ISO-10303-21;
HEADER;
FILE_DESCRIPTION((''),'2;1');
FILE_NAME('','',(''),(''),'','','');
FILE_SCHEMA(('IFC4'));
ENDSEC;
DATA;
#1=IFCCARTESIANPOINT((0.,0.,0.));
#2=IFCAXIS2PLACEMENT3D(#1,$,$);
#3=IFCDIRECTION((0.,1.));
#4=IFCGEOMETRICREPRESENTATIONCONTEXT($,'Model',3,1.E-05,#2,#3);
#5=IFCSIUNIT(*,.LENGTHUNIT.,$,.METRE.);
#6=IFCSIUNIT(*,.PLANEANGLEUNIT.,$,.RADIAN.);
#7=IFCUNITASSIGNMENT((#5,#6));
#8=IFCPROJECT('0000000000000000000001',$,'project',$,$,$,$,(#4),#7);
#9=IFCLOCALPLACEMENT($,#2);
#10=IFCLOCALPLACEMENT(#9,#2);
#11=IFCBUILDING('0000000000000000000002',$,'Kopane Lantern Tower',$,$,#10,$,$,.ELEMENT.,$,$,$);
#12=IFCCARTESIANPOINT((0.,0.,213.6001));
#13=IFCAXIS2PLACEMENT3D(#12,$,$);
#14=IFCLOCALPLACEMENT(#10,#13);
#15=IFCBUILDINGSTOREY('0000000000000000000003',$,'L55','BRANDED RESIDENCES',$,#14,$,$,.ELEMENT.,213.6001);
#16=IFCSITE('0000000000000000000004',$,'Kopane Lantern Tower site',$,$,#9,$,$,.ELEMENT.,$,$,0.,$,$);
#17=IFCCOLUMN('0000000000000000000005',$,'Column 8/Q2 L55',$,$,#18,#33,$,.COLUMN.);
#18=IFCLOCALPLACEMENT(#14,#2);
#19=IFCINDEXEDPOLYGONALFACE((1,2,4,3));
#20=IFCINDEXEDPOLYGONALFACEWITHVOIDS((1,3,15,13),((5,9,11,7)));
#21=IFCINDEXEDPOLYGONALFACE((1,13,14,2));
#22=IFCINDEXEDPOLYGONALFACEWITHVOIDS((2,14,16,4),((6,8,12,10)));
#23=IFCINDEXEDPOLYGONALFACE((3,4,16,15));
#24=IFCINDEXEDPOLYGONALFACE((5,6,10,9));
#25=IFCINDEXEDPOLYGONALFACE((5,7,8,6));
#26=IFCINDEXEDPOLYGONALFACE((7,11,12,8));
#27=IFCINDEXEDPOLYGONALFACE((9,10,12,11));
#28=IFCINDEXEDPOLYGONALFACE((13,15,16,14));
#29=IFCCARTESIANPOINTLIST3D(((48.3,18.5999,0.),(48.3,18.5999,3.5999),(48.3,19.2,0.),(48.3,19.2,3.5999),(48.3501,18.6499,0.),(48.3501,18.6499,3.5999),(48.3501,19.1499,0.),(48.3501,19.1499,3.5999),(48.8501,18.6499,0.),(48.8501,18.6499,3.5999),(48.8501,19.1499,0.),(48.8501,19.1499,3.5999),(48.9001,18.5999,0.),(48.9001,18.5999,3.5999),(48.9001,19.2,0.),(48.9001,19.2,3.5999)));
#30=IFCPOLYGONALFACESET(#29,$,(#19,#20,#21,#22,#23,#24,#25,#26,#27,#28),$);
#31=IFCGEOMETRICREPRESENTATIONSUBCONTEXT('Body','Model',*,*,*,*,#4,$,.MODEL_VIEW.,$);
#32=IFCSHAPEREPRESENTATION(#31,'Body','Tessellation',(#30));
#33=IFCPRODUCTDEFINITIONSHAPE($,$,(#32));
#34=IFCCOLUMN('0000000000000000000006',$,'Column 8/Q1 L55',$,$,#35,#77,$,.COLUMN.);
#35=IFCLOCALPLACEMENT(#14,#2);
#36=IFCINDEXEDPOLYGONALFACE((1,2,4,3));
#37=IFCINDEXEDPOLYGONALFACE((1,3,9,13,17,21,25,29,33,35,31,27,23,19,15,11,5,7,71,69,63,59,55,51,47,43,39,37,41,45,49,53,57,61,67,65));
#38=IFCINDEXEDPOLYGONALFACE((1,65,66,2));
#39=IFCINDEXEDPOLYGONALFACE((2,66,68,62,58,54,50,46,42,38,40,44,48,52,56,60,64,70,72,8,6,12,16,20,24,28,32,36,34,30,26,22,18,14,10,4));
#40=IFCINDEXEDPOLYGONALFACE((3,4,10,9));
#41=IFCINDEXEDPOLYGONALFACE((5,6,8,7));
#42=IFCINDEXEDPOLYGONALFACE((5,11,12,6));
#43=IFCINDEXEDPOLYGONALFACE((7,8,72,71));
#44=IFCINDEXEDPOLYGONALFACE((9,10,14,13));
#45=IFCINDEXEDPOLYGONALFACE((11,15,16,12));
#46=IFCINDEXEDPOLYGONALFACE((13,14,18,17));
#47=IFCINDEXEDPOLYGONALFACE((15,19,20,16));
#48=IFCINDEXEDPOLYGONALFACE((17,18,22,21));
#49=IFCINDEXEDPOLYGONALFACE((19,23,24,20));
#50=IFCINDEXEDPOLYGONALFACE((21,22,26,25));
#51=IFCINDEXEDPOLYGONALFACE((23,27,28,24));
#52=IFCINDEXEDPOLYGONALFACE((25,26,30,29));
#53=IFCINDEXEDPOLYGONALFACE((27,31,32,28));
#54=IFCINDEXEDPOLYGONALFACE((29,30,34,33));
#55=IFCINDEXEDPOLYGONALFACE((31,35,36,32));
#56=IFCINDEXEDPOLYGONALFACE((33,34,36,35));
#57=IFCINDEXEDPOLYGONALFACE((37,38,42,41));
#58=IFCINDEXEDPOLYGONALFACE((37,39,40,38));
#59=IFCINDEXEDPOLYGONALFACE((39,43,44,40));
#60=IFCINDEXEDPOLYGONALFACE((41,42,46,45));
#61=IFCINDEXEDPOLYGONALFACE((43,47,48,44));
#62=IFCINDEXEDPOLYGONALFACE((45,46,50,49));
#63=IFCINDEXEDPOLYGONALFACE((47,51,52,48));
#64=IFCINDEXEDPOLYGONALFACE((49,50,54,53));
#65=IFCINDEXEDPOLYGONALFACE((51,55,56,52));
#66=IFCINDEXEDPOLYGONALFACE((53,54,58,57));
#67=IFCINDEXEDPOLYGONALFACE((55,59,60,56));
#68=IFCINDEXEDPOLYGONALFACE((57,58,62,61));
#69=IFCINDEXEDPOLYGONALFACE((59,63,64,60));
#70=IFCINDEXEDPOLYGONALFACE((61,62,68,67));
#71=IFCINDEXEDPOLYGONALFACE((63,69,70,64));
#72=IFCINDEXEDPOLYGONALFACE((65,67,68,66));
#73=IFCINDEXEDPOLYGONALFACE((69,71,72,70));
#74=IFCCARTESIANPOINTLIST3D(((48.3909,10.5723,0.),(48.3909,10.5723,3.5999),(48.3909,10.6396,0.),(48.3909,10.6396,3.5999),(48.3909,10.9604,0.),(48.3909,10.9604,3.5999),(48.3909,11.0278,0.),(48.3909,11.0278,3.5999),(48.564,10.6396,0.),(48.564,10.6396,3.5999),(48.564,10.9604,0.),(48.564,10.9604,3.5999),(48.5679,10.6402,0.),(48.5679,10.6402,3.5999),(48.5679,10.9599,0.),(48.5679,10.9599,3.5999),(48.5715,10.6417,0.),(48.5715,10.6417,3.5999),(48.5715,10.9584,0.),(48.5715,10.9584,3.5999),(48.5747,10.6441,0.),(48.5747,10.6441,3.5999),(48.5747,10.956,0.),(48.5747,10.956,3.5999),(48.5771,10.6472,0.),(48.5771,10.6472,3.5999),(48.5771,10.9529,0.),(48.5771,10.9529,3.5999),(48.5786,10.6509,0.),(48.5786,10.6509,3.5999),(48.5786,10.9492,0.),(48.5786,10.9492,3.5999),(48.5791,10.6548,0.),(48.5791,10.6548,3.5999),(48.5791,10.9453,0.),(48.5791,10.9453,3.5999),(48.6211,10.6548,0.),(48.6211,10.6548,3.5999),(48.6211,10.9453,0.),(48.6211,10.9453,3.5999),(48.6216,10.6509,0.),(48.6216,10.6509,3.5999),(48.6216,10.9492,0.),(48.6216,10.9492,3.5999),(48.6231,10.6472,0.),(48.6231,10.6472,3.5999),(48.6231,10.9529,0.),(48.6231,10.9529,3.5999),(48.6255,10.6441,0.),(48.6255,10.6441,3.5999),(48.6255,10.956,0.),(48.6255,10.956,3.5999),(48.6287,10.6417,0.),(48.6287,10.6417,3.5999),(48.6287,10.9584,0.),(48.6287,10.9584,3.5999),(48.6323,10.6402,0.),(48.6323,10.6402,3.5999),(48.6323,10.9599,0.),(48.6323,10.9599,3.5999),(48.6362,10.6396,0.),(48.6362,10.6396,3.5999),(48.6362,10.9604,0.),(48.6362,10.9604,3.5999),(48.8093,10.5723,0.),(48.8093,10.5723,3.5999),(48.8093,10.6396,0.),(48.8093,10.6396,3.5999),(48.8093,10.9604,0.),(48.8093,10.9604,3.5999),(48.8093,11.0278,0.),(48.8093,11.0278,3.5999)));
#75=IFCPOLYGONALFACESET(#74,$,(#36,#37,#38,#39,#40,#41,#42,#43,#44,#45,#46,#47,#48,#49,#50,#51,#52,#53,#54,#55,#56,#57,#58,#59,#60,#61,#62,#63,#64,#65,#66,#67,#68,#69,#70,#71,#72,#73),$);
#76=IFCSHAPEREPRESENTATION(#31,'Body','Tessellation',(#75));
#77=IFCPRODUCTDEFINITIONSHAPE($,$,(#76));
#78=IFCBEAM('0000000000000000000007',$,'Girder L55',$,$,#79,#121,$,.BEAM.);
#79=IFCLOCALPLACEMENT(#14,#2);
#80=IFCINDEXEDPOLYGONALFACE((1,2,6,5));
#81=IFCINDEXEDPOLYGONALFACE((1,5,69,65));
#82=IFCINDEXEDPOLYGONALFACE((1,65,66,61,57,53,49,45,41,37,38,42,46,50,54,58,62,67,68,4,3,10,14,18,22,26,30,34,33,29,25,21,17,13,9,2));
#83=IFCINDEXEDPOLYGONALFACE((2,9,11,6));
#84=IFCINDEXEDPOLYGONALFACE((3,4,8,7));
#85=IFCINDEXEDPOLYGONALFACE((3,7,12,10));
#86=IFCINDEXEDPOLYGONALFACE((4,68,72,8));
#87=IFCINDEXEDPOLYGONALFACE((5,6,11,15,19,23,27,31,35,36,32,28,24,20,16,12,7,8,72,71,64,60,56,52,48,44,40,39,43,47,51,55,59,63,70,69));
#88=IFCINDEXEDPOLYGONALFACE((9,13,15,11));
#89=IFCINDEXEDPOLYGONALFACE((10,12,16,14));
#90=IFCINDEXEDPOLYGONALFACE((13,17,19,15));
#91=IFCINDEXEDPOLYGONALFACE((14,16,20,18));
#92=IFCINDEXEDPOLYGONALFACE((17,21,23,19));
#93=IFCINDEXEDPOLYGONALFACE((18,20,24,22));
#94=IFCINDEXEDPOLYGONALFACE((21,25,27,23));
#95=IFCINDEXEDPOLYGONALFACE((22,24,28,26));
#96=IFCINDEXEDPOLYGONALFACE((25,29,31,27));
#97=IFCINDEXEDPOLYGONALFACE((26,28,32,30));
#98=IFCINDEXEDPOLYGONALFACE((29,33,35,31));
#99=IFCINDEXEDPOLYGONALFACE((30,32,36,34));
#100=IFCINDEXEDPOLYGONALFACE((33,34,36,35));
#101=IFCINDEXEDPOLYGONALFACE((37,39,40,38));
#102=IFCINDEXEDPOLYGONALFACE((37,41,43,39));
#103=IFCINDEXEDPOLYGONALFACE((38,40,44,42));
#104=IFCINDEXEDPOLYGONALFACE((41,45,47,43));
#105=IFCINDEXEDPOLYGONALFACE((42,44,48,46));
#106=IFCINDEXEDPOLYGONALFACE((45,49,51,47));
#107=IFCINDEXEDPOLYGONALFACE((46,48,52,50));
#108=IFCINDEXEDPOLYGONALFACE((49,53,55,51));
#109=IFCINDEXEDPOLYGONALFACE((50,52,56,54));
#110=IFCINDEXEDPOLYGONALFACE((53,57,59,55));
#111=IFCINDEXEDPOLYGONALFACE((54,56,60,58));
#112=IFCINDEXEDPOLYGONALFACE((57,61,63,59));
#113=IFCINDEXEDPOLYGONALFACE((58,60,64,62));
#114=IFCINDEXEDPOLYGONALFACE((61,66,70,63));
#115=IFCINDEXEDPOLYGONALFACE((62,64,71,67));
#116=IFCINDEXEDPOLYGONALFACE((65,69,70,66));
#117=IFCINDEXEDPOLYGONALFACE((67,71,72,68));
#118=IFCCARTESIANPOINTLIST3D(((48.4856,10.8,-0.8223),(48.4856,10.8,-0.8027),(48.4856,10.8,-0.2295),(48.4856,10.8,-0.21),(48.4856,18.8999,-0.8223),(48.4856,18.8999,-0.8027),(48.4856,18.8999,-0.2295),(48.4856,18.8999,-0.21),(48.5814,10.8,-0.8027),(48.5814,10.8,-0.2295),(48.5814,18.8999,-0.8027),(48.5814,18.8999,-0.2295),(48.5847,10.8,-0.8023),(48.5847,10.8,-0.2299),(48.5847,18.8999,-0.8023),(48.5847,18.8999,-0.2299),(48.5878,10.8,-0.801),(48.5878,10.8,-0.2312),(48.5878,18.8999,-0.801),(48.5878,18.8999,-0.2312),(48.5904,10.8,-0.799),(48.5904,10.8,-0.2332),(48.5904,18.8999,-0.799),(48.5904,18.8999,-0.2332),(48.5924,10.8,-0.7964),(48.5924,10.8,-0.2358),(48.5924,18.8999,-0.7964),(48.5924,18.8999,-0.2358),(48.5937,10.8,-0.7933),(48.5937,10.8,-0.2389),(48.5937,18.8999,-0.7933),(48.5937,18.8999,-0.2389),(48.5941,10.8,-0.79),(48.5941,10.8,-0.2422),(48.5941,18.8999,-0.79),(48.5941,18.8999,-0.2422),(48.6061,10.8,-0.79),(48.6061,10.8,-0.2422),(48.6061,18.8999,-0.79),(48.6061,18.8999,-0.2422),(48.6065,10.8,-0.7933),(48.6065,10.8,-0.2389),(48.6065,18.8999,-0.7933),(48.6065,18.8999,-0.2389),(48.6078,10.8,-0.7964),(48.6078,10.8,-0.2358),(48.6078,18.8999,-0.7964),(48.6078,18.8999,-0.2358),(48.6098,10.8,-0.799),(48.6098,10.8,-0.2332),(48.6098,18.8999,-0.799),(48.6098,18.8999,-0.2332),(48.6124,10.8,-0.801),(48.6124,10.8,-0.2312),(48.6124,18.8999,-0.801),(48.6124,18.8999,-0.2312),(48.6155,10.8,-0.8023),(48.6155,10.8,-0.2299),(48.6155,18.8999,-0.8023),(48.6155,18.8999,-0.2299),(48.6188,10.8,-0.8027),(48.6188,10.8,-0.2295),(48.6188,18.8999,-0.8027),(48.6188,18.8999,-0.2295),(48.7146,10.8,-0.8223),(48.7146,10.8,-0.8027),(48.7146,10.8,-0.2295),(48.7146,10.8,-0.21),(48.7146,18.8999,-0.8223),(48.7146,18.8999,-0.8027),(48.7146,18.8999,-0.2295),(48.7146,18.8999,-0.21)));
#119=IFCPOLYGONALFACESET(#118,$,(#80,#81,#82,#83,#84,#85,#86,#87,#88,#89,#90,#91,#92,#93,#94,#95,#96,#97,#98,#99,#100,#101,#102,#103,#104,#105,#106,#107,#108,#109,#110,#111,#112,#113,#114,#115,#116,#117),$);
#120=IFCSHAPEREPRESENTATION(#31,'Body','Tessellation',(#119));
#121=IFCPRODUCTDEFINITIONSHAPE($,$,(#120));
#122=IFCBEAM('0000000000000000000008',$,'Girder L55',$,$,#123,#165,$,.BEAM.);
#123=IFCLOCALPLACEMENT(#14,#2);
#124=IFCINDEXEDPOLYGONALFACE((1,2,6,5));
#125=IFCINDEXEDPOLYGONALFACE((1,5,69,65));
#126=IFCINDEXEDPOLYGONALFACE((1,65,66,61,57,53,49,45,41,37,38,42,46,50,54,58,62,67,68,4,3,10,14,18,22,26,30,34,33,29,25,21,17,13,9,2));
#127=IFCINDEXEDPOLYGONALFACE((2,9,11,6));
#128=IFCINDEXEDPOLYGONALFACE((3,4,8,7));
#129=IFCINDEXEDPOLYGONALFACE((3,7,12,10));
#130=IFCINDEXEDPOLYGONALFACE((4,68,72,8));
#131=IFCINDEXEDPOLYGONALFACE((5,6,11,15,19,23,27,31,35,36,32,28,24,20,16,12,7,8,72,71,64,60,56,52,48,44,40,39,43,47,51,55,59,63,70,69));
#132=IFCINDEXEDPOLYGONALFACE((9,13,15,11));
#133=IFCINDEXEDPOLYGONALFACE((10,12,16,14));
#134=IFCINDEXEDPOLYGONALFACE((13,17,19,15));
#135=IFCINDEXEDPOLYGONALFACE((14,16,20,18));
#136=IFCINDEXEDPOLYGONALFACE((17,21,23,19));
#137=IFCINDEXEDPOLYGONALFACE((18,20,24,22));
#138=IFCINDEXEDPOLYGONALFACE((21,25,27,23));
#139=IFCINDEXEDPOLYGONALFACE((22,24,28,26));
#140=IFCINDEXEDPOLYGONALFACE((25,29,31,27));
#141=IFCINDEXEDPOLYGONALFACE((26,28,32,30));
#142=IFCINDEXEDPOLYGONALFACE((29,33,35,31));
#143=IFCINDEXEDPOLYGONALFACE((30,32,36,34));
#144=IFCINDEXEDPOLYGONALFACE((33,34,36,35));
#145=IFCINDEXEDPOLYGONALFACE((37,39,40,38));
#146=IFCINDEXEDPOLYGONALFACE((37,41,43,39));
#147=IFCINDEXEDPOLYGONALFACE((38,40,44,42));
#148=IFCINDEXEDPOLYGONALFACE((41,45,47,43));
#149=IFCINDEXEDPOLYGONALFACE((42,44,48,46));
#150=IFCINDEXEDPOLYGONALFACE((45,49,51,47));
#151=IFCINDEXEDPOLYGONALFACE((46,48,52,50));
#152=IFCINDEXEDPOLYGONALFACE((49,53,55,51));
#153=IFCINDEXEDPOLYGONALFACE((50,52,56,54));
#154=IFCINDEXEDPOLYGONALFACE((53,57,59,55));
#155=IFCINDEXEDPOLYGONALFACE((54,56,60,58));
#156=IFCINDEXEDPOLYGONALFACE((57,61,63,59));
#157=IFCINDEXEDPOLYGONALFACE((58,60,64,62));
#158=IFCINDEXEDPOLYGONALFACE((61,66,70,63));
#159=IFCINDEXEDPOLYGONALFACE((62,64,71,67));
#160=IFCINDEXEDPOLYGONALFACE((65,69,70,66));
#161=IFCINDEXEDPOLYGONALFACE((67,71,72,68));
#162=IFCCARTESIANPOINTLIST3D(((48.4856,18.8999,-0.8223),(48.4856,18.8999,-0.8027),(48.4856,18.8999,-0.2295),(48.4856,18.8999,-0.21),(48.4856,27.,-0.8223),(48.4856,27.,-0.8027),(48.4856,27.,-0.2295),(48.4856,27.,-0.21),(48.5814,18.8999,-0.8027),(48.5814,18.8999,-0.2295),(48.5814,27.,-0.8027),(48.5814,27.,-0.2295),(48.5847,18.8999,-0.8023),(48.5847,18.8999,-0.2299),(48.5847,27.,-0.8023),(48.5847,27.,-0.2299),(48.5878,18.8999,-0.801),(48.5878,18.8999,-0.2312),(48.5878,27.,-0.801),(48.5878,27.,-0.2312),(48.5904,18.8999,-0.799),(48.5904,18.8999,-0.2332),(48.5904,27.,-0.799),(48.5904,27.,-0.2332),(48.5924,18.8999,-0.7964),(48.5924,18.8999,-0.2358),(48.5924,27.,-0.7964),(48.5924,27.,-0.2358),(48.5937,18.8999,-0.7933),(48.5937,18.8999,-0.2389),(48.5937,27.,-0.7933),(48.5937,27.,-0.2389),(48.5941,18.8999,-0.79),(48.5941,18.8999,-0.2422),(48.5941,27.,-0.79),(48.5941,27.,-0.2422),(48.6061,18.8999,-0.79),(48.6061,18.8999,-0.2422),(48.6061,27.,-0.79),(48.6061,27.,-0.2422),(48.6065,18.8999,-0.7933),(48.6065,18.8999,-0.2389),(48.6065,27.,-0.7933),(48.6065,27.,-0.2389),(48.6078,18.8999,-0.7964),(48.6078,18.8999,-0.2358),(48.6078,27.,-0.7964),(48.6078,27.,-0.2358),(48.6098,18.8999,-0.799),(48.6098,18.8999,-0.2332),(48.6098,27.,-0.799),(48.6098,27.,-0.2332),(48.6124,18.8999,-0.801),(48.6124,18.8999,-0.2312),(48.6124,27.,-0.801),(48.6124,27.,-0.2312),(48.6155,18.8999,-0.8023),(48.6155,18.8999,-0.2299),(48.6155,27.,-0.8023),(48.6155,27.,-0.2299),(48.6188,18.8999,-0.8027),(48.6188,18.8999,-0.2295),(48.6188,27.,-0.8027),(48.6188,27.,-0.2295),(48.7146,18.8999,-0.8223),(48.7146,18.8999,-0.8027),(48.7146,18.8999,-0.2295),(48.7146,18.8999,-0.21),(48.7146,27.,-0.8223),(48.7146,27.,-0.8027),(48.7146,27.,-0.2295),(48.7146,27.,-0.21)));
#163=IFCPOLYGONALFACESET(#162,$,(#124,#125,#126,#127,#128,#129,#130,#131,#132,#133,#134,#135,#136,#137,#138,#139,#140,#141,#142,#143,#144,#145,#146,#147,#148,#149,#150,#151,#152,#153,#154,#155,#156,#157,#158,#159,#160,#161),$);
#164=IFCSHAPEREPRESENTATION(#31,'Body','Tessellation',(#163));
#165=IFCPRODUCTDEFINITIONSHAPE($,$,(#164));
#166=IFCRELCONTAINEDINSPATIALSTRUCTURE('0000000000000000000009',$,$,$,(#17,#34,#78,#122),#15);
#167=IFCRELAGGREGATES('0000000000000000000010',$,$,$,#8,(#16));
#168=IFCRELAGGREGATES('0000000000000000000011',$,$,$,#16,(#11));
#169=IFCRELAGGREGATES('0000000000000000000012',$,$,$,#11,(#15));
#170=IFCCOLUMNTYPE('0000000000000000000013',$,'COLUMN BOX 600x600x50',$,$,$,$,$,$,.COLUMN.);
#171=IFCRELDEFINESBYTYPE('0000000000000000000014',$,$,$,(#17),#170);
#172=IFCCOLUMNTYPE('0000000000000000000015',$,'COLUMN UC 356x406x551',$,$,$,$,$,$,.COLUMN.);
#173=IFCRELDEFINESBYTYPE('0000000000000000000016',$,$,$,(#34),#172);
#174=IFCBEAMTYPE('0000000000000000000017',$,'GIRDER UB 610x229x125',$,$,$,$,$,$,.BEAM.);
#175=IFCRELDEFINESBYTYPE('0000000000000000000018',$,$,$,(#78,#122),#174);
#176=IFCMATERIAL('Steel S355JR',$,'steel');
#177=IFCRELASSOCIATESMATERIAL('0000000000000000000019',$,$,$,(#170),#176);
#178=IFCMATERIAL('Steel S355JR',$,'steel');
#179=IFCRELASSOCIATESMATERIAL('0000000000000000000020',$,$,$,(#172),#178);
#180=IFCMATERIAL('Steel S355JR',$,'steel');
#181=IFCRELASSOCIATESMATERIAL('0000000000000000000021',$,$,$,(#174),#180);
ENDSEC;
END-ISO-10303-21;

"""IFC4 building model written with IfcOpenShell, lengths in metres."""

from ifc_helpers import new_model, si_unit, direction, frame, origin, origin_2d, place, context, subcontext, project, spatial, hollow_rectangle, i_section, extrude, material, material_profile, profile_set, type_object, element, save


model = new_model("IFC4")

# Units and contexts
model_context = context("Model", 3, precision=1e-05, world=origin(), true_north=direction((0.0, 1.0)))
body_context = subcontext(model_context, "Body", "Model", "MODEL_VIEW")
ifc_project = project(units=[si_unit("LENGTHUNIT", "METRE"), si_unit("PLANEANGLEUNIT", "RADIAN")], contexts=[model_context])

# Site, building, storey
site_placement = place(None, origin())
site = spatial("IfcSite", under=ifc_project, at=site_placement, Name="Kopane Lantern Tower site", CompositionType="ELEMENT", RefElevation=0.0)
building_placement = place(site_placement, origin())
building = spatial("IfcBuilding", under=site, at=building_placement, Name="Kopane Lantern Tower", CompositionType="ELEMENT")
storey_placement = place(building_placement, frame((0.0, 0.0, 213.6001)))
storey = spatial("IfcBuildingStorey", under=building, at=storey_placement, Name="L55", Description="BRANDED RESIDENCES", CompositionType="ELEMENT", Elevation=213.6001)

# Columns
ifc_material_1 = material(Name="Steel S355JR", Category="steel")
ifc_material_profile_1 = material_profile(ifc_material_1, hollow_rectangle(XDim=0.6001, YDim=0.6001, WallThickness=0.05, at=origin_2d()), Name="BOX 600x600x50")
ifc_profile_set_1 = profile_set([ifc_material_profile_1], Name="Steel S355JR")
column_type_1 = type_object("IfcColumnType", Name="COLUMN BOX 600x600x50", PredefinedType="COLUMN", material=ifc_profile_set_1)
column_1_placement = place(storey_placement, frame((48.6001, 18.8999, 0.0), z_axis=(0.0, 0.0, 1.0), x_axis=(1.0, 0.0, 0.0)))
element("IfcColumn", 1, at=column_1_placement, inside=storey, type_object=column_type_1, Name="Column 8/Q2 L55", PredefinedType="COLUMN", context=body_context, shape_type="SweptSolid", body=[
    extrude(hollow_rectangle(XDim=0.6001, YDim=0.6001, WallThickness=0.05, at=origin_2d()), origin(), (0.0, 0.0, 1.0), 3.5999),
])
ifc_material_2 = material(Name="Steel S355JR", Category="steel")
ifc_material_profile_2 = material_profile(ifc_material_2, i_section(OverallWidth=0.4185, OverallDepth=0.4556, WebThickness=0.042, FlangeThickness=0.0674, FilletRadius=0.0151, at=origin_2d()), Name="UC 356x406x551")
ifc_profile_set_2 = profile_set([ifc_material_profile_2], Name="Steel S355JR")
column_type_2 = type_object("IfcColumnType", Name="COLUMN UC 356x406x551", PredefinedType="COLUMN", material=ifc_profile_set_2)
column_2_placement = place(storey_placement, frame((48.6001, 10.8, 0.0), z_axis=(0.0, 0.0, 1.0), x_axis=(1.0, 0.0, 0.0)))
element("IfcColumn", 2, at=column_2_placement, inside=storey, type_object=column_type_2, Name="Column 8/Q1 L55", PredefinedType="COLUMN", context=body_context, shape_type="SweptSolid", body=[
    extrude(i_section(OverallWidth=0.4185, OverallDepth=0.4556, WebThickness=0.042, FlangeThickness=0.0674, FilletRadius=0.0151, at=origin_2d()), origin(), (0.0, 0.0, 1.0), 3.5999),
])

# Beams
ifc_material_3 = material(Name="Steel S355JR", Category="steel")
ifc_material_profile_3 = material_profile(ifc_material_3, i_section(OverallWidth=0.229, OverallDepth=0.6123, WebThickness=0.012, FlangeThickness=0.0195, FilletRadius=0.0127, at=origin_2d()), Name="UB 610x229x125")
ifc_profile_set_3 = profile_set([ifc_material_profile_3], Name="Steel S355JR")
beam_type = type_object("IfcBeamType", Name="GIRDER UB 610x229x125", PredefinedType="BEAM", material=ifc_profile_set_3)
beam_1_placement = place(storey_placement, frame((48.6001, 10.8, -0.5161), z_axis=(0.0, 1.0, 0.0), x_axis=(-1.0, 0.0, 0.0)))
element("IfcBeam", 3, at=beam_1_placement, inside=storey, type_object=beam_type, Name="Girder L55", PredefinedType="BEAM", context=body_context, shape_type="SweptSolid", body=[
    extrude(i_section(OverallWidth=0.229, OverallDepth=0.6123, WebThickness=0.012, FlangeThickness=0.0195, FilletRadius=0.0127, at=origin_2d()), origin(), (0.0, 0.0, 1.0), 8.0999),
])
beam_2_placement = place(storey_placement, frame((48.6001, 18.8999, -0.5161), z_axis=(0.0, 1.0, 0.0), x_axis=(-1.0, 0.0, 0.0)))
element("IfcBeam", 4, at=beam_2_placement, inside=storey, type_object=beam_type, Name="Girder L55", PredefinedType="BEAM", context=body_context, shape_type="SweptSolid", body=[
    extrude(i_section(OverallWidth=0.229, OverallDepth=0.6123, WebThickness=0.012, FlangeThickness=0.0195, FilletRadius=0.0127, at=origin_2d()), origin(), (0.0, 0.0, 1.0), 8.1001),
])

save(model, "model.ifc")
